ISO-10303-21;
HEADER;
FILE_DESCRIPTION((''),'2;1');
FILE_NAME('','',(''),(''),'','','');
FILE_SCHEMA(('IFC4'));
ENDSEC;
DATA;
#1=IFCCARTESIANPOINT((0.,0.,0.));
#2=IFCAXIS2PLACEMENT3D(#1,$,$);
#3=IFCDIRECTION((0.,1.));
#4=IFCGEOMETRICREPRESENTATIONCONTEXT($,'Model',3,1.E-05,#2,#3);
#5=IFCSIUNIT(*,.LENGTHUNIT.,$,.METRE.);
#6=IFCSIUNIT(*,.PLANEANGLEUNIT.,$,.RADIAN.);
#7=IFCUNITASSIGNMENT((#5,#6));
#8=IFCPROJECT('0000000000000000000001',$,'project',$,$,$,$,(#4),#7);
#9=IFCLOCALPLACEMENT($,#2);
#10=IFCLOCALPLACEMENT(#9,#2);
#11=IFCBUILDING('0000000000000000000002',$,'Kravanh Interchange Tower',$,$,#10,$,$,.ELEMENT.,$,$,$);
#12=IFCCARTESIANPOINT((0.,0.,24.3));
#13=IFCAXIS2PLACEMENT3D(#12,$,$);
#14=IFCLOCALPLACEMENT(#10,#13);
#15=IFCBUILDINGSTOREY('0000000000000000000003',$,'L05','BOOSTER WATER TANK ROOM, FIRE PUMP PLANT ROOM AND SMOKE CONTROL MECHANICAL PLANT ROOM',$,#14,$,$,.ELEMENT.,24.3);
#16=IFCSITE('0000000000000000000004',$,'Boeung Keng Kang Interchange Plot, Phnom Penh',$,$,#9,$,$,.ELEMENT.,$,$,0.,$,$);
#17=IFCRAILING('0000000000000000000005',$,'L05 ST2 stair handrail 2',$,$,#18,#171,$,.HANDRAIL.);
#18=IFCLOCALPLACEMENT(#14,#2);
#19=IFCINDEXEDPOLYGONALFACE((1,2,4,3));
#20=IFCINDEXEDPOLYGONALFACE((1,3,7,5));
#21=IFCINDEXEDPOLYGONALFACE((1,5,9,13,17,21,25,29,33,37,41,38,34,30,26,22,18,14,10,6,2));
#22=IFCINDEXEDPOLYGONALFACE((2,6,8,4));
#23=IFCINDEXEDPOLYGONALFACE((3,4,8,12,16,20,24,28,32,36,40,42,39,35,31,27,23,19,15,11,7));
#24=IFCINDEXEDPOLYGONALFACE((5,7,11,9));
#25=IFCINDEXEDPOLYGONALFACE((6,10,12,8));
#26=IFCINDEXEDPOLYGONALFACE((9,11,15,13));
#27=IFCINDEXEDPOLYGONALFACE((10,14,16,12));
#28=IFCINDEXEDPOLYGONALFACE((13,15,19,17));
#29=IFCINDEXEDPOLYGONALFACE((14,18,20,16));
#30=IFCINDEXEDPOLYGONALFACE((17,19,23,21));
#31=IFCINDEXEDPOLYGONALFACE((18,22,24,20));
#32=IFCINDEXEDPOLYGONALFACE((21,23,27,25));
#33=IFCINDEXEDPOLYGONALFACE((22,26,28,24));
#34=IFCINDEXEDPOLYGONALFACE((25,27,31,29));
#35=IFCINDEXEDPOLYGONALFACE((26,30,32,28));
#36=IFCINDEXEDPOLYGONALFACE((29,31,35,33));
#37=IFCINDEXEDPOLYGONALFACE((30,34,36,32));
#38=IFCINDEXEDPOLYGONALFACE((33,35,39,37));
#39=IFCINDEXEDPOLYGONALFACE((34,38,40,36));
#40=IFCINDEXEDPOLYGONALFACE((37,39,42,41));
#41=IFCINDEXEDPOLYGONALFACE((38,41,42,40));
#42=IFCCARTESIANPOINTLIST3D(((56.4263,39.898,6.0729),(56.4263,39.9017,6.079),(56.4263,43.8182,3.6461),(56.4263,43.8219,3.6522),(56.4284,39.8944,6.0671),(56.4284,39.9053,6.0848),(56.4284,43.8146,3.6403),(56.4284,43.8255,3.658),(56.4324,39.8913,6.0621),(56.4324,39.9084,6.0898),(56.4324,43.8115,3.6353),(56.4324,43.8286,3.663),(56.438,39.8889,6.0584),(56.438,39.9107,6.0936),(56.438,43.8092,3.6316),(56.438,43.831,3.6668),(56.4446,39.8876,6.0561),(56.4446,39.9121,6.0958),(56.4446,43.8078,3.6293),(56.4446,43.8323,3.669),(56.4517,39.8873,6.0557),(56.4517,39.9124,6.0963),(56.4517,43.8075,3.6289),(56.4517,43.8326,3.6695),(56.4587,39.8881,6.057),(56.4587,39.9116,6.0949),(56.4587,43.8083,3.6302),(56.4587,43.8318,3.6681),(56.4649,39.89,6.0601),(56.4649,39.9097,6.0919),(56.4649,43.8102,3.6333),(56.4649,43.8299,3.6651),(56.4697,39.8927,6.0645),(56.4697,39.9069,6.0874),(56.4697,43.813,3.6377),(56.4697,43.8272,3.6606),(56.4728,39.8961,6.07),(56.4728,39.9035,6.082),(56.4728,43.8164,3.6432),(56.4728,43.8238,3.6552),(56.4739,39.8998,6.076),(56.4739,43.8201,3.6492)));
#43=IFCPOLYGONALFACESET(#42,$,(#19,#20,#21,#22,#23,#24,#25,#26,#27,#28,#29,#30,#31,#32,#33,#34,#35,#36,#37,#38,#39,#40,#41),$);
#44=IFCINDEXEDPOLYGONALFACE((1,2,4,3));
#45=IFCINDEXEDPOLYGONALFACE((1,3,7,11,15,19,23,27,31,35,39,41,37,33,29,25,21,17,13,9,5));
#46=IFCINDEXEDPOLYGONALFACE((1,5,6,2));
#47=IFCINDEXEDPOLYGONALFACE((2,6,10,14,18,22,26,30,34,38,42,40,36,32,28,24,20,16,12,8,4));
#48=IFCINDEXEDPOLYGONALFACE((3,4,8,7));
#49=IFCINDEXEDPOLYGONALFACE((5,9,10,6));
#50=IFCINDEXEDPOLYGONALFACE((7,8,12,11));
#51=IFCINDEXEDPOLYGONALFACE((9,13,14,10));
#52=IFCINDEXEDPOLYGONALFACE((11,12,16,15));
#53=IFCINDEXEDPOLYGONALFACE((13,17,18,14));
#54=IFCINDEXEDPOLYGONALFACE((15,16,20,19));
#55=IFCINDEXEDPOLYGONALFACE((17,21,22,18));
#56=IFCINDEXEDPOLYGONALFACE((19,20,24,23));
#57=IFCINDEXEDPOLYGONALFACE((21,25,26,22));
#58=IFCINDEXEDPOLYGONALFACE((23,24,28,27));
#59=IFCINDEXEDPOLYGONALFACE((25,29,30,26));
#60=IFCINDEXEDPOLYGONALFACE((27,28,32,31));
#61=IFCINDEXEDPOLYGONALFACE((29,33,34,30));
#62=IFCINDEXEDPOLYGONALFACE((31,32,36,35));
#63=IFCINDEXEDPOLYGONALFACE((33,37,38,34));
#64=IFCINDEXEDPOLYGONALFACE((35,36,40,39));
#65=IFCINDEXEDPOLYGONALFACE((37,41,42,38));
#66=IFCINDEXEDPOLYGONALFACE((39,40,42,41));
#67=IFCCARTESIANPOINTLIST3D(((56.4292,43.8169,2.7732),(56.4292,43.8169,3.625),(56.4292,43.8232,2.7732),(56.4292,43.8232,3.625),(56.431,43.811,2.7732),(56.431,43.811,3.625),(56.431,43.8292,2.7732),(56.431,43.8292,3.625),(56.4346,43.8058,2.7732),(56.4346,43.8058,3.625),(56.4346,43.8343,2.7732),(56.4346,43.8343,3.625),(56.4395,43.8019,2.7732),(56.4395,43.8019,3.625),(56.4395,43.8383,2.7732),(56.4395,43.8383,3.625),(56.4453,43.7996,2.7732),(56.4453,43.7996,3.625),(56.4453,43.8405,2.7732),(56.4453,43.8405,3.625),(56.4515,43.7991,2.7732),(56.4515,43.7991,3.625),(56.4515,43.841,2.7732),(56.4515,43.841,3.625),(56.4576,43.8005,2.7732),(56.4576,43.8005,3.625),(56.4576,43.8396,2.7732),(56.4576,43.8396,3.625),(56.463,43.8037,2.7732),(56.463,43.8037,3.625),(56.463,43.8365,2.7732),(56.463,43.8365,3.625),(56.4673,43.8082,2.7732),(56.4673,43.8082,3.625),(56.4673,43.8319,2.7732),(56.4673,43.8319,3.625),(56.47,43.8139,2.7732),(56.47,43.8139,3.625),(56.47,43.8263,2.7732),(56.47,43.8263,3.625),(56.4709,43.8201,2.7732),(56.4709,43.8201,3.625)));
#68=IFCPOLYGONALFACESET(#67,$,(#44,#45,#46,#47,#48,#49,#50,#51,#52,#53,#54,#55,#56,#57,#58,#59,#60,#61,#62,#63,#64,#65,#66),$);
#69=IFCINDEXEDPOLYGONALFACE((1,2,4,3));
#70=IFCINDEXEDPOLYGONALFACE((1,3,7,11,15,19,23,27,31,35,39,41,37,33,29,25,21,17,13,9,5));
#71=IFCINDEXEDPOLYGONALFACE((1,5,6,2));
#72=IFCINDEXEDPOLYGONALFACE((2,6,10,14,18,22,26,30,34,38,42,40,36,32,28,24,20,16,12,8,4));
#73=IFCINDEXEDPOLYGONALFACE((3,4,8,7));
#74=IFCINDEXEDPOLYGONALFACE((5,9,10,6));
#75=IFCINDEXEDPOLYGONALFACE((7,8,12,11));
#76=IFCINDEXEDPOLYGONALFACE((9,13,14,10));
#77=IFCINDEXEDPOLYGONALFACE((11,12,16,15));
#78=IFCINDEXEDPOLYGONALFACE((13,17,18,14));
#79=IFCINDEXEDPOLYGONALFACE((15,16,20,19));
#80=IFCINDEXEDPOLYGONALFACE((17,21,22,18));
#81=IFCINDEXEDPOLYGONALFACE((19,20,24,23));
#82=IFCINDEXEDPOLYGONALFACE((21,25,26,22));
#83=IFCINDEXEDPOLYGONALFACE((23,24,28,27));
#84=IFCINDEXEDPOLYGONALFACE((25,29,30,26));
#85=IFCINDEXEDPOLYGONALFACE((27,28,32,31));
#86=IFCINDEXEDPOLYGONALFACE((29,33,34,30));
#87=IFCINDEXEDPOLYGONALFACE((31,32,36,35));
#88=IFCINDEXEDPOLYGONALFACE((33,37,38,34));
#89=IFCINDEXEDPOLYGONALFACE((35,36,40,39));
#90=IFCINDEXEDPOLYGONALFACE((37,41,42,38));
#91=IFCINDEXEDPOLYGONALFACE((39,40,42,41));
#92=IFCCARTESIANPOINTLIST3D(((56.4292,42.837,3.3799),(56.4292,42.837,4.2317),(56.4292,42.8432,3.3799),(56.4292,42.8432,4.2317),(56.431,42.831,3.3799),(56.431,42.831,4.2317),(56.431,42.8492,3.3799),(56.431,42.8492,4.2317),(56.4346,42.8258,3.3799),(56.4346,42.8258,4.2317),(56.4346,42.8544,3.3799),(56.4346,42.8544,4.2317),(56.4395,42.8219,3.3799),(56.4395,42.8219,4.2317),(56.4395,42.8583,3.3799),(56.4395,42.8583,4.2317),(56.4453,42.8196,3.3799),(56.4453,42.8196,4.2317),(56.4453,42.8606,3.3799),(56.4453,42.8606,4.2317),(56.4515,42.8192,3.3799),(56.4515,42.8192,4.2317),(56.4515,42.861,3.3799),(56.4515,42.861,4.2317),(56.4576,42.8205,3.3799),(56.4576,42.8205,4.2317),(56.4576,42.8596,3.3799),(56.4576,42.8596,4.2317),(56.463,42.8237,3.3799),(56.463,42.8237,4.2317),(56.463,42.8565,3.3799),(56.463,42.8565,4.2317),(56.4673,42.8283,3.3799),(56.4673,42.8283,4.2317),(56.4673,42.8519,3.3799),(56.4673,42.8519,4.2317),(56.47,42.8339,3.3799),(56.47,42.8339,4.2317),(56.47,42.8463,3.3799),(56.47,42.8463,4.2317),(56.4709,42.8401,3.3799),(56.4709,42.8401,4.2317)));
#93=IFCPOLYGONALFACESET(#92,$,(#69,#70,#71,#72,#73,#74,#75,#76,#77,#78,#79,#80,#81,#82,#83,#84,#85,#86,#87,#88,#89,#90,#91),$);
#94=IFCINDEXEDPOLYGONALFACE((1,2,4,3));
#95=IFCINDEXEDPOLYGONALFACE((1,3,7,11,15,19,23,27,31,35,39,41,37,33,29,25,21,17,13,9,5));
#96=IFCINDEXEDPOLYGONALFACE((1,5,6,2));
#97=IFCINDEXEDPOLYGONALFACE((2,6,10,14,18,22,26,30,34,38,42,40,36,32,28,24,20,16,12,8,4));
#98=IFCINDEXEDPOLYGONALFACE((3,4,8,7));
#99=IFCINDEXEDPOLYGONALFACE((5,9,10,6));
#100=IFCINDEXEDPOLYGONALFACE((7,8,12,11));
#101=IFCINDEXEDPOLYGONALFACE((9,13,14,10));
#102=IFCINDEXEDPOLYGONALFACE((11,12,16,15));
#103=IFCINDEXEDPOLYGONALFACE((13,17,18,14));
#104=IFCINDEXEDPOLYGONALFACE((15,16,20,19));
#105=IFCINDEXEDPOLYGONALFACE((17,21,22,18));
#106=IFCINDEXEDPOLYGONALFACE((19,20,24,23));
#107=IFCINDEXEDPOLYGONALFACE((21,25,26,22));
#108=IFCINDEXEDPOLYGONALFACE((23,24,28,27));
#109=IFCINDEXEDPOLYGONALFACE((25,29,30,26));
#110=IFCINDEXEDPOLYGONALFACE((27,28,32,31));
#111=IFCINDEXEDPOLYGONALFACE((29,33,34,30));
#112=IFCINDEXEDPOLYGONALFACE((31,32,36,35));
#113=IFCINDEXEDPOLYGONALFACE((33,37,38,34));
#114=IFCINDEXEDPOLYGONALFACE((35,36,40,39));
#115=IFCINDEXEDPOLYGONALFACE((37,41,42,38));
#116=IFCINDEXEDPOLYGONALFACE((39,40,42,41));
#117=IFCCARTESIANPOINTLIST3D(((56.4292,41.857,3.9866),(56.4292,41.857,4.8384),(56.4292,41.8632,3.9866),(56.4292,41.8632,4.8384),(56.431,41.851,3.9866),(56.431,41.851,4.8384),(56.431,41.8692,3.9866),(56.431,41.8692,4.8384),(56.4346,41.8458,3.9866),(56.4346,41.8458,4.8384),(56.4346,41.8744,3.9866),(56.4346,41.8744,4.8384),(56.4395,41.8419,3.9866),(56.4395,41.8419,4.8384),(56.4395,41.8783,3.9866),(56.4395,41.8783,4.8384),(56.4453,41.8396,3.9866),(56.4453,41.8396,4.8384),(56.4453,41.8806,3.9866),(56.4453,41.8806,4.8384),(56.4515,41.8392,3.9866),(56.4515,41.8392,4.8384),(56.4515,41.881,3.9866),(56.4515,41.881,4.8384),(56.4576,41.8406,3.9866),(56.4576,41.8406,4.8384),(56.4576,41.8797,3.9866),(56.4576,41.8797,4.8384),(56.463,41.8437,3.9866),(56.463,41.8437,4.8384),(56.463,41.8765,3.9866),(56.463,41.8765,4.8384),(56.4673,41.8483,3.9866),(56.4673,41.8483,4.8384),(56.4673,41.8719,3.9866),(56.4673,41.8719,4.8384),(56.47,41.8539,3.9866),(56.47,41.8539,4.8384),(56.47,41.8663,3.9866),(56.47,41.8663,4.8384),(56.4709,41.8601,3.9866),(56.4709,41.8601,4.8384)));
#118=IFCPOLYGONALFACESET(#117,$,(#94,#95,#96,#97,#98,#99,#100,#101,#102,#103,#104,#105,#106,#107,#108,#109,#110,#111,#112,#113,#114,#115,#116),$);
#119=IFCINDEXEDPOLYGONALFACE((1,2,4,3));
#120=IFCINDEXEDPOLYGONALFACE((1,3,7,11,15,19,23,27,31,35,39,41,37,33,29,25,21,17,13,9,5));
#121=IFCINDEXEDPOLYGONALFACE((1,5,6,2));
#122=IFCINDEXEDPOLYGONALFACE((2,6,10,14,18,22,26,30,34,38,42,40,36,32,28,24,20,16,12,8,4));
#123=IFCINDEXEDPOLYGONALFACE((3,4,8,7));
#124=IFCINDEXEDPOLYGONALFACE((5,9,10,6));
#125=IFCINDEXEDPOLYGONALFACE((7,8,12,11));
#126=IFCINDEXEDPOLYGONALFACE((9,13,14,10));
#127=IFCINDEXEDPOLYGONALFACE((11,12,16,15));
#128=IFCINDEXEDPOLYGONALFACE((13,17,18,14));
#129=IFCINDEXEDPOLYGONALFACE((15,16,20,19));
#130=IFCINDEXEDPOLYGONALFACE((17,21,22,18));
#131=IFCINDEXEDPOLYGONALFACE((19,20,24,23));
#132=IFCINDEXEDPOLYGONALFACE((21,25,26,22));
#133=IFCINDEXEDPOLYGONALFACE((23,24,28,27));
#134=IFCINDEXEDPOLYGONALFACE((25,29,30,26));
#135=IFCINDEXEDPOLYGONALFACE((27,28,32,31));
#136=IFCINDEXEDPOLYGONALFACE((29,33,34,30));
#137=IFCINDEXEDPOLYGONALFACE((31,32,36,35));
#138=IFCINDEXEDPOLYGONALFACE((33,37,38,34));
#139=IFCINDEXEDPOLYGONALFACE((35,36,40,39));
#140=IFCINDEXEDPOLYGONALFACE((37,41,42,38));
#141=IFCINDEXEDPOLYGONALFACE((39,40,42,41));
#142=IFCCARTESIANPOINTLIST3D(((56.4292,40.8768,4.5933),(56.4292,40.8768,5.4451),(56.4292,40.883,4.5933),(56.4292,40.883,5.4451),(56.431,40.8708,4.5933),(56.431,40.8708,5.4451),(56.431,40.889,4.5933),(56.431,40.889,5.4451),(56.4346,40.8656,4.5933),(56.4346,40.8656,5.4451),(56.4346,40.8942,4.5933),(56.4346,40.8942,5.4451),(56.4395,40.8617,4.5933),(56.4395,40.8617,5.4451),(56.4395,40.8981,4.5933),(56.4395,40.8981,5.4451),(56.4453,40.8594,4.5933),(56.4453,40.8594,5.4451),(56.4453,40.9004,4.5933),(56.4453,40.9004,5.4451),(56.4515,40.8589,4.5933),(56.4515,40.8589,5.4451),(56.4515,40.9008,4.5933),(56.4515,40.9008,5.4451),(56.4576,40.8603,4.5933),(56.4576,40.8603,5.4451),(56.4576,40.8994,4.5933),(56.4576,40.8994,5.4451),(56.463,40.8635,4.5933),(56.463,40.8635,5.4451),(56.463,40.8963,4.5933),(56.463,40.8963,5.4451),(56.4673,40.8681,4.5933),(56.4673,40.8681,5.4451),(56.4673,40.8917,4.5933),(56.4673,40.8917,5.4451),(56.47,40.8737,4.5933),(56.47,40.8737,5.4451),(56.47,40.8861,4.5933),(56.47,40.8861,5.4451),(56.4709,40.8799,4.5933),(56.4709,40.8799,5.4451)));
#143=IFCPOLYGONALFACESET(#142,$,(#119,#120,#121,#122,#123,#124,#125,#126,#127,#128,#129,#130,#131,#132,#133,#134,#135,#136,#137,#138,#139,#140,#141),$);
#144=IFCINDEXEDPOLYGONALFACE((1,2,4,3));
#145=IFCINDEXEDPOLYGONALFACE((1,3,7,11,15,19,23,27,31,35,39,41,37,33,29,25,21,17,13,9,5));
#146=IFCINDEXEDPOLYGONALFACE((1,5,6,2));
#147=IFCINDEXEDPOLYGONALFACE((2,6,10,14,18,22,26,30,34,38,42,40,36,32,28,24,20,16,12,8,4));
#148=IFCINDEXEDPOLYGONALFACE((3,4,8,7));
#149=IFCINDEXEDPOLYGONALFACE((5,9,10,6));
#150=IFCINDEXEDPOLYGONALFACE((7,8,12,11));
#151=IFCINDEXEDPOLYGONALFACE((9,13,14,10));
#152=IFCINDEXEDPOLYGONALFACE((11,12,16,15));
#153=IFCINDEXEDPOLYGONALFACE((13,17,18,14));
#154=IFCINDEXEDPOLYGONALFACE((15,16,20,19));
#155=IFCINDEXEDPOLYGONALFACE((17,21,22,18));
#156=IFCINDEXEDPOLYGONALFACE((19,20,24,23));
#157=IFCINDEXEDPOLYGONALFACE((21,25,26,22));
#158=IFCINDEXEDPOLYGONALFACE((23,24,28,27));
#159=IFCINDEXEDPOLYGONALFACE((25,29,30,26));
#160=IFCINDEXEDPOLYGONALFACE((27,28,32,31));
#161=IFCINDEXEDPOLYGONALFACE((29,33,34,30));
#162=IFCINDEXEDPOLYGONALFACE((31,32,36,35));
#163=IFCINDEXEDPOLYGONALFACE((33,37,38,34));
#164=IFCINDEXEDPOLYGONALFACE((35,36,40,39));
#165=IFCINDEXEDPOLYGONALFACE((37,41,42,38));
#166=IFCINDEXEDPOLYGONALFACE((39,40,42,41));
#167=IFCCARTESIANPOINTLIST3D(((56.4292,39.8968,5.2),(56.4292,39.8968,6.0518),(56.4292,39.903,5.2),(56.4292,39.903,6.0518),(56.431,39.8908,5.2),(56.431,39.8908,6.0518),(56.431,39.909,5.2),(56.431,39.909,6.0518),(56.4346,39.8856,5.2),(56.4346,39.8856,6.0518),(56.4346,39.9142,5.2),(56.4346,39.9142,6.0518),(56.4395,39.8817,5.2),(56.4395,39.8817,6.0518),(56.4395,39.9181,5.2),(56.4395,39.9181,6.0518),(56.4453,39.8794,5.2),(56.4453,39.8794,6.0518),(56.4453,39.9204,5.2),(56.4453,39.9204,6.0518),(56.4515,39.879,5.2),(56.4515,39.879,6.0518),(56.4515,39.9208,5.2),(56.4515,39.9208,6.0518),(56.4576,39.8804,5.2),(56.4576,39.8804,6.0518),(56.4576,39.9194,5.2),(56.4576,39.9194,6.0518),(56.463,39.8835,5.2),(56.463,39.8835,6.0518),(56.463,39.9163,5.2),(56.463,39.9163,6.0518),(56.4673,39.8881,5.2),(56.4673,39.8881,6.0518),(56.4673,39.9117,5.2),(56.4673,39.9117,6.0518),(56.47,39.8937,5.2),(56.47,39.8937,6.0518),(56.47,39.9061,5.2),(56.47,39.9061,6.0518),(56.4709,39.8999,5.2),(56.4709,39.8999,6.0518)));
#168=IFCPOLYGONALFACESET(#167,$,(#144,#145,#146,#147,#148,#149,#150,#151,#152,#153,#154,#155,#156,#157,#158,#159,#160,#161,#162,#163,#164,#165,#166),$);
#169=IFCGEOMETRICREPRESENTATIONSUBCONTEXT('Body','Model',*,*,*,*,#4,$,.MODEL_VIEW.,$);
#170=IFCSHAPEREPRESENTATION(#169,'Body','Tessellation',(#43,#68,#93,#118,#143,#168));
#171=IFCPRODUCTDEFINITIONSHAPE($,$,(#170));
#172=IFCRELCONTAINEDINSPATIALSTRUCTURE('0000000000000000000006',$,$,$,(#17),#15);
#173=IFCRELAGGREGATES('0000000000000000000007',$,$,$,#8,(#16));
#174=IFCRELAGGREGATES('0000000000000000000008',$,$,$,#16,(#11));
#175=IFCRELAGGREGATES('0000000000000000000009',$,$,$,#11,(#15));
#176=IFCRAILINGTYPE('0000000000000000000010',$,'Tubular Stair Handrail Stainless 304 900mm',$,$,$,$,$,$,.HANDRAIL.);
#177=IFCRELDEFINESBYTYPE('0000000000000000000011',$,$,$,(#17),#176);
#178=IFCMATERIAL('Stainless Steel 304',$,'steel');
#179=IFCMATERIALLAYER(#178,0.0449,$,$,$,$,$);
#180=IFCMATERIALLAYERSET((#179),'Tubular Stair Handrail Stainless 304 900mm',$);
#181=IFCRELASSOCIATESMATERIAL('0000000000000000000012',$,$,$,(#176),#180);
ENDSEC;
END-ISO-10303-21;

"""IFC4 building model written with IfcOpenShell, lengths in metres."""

from ifc_helpers import new_model, si_unit, direction, frame, origin, origin_2d, place, context, subcontext, project, spatial, circle, extrude, material, layer, layer_set, type_object, element, save


model = new_model("IFC4")

# Units and contexts
model_context = context("Model", 3, precision=1e-05, world=origin(), true_north=direction((0.0, 1.0)))
body_context = subcontext(model_context, "Body", "Model", "MODEL_VIEW")
ifc_project = project(units=[si_unit("LENGTHUNIT", "METRE"), si_unit("PLANEANGLEUNIT", "RADIAN")], contexts=[model_context])

# Site, building, storey
site_placement = place(None, origin())
site = spatial("IfcSite", under=ifc_project, at=site_placement, Name="Boeung Keng Kang Interchange Plot, Phnom Penh", CompositionType="ELEMENT", RefElevation=0.0)
building_placement = place(site_placement, origin())
building = spatial("IfcBuilding", under=site, at=building_placement, Name="Kravanh Interchange Tower", CompositionType="ELEMENT")
storey_placement = place(building_placement, frame((0.0, 0.0, 24.3)))
storey = spatial("IfcBuildingStorey", under=building, at=storey_placement, Name="L05", Description="BOOSTER WATER TANK ROOM, FIRE PUMP PLANT ROOM AND SMOKE CONTROL MECHANICAL PLANT ROOM", CompositionType="ELEMENT", Elevation=24.3)

# Railing
ifc_material_1 = material(Name="Stainless Steel 304", Category="steel")
ifc_layer_1 = layer(ifc_material_1, 0.0449)
ifc_layer_set_1 = layer_set([ifc_layer_1], Name="Tubular Stair Handrail Stainless 304 900mm")
railing_type_1 = type_object("IfcRailingType", Name="Tubular Stair Handrail Stainless 304 900mm", PredefinedType="HANDRAIL", material=ifc_layer_set_1)
railing_1_placement = place(storey_placement, frame((56.45, 43.8201, 2.7732)))
element("IfcRailing", 1, at=railing_1_placement, inside=storey, type_object=railing_type_1, Name="L05 ST2 stair handrail 2", PredefinedType="HANDRAIL", context=body_context, shape_type="SweptSolid", body=[
    extrude(circle(Radius=0.0239, at=origin_2d()), frame((0.0, 0.0, 0.876), z_axis=(0.0, -0.850266, 0.526353), x_axis=(1.0, 0.0, 0.0)), (0.0, 0.0, 1.0), 4.6106),
    extrude(circle(Radius=0.021, at=origin_2d()), origin(), (0.0, 0.0, 1.0), 0.8518),
    extrude(circle(Radius=0.021, at=origin_2d()), frame((0.0, -0.98, 0.6067)), (0.0, 0.0, 1.0), 0.8518),
    extrude(circle(Radius=0.021, at=origin_2d()), frame((0.0, -1.96, 1.2134)), (0.0, 0.0, 1.0), 0.8518),
    extrude(circle(Radius=0.021, at=origin_2d()), frame((0.0, -2.9402, 1.8201)), (0.0, 0.0, 1.0), 0.8518),
    extrude(circle(Radius=0.021, at=origin_2d()), frame((0.0, -3.9202, 2.4268)), (0.0, 0.0, 1.0), 0.8518),
])

save(model, "model.ifc")
